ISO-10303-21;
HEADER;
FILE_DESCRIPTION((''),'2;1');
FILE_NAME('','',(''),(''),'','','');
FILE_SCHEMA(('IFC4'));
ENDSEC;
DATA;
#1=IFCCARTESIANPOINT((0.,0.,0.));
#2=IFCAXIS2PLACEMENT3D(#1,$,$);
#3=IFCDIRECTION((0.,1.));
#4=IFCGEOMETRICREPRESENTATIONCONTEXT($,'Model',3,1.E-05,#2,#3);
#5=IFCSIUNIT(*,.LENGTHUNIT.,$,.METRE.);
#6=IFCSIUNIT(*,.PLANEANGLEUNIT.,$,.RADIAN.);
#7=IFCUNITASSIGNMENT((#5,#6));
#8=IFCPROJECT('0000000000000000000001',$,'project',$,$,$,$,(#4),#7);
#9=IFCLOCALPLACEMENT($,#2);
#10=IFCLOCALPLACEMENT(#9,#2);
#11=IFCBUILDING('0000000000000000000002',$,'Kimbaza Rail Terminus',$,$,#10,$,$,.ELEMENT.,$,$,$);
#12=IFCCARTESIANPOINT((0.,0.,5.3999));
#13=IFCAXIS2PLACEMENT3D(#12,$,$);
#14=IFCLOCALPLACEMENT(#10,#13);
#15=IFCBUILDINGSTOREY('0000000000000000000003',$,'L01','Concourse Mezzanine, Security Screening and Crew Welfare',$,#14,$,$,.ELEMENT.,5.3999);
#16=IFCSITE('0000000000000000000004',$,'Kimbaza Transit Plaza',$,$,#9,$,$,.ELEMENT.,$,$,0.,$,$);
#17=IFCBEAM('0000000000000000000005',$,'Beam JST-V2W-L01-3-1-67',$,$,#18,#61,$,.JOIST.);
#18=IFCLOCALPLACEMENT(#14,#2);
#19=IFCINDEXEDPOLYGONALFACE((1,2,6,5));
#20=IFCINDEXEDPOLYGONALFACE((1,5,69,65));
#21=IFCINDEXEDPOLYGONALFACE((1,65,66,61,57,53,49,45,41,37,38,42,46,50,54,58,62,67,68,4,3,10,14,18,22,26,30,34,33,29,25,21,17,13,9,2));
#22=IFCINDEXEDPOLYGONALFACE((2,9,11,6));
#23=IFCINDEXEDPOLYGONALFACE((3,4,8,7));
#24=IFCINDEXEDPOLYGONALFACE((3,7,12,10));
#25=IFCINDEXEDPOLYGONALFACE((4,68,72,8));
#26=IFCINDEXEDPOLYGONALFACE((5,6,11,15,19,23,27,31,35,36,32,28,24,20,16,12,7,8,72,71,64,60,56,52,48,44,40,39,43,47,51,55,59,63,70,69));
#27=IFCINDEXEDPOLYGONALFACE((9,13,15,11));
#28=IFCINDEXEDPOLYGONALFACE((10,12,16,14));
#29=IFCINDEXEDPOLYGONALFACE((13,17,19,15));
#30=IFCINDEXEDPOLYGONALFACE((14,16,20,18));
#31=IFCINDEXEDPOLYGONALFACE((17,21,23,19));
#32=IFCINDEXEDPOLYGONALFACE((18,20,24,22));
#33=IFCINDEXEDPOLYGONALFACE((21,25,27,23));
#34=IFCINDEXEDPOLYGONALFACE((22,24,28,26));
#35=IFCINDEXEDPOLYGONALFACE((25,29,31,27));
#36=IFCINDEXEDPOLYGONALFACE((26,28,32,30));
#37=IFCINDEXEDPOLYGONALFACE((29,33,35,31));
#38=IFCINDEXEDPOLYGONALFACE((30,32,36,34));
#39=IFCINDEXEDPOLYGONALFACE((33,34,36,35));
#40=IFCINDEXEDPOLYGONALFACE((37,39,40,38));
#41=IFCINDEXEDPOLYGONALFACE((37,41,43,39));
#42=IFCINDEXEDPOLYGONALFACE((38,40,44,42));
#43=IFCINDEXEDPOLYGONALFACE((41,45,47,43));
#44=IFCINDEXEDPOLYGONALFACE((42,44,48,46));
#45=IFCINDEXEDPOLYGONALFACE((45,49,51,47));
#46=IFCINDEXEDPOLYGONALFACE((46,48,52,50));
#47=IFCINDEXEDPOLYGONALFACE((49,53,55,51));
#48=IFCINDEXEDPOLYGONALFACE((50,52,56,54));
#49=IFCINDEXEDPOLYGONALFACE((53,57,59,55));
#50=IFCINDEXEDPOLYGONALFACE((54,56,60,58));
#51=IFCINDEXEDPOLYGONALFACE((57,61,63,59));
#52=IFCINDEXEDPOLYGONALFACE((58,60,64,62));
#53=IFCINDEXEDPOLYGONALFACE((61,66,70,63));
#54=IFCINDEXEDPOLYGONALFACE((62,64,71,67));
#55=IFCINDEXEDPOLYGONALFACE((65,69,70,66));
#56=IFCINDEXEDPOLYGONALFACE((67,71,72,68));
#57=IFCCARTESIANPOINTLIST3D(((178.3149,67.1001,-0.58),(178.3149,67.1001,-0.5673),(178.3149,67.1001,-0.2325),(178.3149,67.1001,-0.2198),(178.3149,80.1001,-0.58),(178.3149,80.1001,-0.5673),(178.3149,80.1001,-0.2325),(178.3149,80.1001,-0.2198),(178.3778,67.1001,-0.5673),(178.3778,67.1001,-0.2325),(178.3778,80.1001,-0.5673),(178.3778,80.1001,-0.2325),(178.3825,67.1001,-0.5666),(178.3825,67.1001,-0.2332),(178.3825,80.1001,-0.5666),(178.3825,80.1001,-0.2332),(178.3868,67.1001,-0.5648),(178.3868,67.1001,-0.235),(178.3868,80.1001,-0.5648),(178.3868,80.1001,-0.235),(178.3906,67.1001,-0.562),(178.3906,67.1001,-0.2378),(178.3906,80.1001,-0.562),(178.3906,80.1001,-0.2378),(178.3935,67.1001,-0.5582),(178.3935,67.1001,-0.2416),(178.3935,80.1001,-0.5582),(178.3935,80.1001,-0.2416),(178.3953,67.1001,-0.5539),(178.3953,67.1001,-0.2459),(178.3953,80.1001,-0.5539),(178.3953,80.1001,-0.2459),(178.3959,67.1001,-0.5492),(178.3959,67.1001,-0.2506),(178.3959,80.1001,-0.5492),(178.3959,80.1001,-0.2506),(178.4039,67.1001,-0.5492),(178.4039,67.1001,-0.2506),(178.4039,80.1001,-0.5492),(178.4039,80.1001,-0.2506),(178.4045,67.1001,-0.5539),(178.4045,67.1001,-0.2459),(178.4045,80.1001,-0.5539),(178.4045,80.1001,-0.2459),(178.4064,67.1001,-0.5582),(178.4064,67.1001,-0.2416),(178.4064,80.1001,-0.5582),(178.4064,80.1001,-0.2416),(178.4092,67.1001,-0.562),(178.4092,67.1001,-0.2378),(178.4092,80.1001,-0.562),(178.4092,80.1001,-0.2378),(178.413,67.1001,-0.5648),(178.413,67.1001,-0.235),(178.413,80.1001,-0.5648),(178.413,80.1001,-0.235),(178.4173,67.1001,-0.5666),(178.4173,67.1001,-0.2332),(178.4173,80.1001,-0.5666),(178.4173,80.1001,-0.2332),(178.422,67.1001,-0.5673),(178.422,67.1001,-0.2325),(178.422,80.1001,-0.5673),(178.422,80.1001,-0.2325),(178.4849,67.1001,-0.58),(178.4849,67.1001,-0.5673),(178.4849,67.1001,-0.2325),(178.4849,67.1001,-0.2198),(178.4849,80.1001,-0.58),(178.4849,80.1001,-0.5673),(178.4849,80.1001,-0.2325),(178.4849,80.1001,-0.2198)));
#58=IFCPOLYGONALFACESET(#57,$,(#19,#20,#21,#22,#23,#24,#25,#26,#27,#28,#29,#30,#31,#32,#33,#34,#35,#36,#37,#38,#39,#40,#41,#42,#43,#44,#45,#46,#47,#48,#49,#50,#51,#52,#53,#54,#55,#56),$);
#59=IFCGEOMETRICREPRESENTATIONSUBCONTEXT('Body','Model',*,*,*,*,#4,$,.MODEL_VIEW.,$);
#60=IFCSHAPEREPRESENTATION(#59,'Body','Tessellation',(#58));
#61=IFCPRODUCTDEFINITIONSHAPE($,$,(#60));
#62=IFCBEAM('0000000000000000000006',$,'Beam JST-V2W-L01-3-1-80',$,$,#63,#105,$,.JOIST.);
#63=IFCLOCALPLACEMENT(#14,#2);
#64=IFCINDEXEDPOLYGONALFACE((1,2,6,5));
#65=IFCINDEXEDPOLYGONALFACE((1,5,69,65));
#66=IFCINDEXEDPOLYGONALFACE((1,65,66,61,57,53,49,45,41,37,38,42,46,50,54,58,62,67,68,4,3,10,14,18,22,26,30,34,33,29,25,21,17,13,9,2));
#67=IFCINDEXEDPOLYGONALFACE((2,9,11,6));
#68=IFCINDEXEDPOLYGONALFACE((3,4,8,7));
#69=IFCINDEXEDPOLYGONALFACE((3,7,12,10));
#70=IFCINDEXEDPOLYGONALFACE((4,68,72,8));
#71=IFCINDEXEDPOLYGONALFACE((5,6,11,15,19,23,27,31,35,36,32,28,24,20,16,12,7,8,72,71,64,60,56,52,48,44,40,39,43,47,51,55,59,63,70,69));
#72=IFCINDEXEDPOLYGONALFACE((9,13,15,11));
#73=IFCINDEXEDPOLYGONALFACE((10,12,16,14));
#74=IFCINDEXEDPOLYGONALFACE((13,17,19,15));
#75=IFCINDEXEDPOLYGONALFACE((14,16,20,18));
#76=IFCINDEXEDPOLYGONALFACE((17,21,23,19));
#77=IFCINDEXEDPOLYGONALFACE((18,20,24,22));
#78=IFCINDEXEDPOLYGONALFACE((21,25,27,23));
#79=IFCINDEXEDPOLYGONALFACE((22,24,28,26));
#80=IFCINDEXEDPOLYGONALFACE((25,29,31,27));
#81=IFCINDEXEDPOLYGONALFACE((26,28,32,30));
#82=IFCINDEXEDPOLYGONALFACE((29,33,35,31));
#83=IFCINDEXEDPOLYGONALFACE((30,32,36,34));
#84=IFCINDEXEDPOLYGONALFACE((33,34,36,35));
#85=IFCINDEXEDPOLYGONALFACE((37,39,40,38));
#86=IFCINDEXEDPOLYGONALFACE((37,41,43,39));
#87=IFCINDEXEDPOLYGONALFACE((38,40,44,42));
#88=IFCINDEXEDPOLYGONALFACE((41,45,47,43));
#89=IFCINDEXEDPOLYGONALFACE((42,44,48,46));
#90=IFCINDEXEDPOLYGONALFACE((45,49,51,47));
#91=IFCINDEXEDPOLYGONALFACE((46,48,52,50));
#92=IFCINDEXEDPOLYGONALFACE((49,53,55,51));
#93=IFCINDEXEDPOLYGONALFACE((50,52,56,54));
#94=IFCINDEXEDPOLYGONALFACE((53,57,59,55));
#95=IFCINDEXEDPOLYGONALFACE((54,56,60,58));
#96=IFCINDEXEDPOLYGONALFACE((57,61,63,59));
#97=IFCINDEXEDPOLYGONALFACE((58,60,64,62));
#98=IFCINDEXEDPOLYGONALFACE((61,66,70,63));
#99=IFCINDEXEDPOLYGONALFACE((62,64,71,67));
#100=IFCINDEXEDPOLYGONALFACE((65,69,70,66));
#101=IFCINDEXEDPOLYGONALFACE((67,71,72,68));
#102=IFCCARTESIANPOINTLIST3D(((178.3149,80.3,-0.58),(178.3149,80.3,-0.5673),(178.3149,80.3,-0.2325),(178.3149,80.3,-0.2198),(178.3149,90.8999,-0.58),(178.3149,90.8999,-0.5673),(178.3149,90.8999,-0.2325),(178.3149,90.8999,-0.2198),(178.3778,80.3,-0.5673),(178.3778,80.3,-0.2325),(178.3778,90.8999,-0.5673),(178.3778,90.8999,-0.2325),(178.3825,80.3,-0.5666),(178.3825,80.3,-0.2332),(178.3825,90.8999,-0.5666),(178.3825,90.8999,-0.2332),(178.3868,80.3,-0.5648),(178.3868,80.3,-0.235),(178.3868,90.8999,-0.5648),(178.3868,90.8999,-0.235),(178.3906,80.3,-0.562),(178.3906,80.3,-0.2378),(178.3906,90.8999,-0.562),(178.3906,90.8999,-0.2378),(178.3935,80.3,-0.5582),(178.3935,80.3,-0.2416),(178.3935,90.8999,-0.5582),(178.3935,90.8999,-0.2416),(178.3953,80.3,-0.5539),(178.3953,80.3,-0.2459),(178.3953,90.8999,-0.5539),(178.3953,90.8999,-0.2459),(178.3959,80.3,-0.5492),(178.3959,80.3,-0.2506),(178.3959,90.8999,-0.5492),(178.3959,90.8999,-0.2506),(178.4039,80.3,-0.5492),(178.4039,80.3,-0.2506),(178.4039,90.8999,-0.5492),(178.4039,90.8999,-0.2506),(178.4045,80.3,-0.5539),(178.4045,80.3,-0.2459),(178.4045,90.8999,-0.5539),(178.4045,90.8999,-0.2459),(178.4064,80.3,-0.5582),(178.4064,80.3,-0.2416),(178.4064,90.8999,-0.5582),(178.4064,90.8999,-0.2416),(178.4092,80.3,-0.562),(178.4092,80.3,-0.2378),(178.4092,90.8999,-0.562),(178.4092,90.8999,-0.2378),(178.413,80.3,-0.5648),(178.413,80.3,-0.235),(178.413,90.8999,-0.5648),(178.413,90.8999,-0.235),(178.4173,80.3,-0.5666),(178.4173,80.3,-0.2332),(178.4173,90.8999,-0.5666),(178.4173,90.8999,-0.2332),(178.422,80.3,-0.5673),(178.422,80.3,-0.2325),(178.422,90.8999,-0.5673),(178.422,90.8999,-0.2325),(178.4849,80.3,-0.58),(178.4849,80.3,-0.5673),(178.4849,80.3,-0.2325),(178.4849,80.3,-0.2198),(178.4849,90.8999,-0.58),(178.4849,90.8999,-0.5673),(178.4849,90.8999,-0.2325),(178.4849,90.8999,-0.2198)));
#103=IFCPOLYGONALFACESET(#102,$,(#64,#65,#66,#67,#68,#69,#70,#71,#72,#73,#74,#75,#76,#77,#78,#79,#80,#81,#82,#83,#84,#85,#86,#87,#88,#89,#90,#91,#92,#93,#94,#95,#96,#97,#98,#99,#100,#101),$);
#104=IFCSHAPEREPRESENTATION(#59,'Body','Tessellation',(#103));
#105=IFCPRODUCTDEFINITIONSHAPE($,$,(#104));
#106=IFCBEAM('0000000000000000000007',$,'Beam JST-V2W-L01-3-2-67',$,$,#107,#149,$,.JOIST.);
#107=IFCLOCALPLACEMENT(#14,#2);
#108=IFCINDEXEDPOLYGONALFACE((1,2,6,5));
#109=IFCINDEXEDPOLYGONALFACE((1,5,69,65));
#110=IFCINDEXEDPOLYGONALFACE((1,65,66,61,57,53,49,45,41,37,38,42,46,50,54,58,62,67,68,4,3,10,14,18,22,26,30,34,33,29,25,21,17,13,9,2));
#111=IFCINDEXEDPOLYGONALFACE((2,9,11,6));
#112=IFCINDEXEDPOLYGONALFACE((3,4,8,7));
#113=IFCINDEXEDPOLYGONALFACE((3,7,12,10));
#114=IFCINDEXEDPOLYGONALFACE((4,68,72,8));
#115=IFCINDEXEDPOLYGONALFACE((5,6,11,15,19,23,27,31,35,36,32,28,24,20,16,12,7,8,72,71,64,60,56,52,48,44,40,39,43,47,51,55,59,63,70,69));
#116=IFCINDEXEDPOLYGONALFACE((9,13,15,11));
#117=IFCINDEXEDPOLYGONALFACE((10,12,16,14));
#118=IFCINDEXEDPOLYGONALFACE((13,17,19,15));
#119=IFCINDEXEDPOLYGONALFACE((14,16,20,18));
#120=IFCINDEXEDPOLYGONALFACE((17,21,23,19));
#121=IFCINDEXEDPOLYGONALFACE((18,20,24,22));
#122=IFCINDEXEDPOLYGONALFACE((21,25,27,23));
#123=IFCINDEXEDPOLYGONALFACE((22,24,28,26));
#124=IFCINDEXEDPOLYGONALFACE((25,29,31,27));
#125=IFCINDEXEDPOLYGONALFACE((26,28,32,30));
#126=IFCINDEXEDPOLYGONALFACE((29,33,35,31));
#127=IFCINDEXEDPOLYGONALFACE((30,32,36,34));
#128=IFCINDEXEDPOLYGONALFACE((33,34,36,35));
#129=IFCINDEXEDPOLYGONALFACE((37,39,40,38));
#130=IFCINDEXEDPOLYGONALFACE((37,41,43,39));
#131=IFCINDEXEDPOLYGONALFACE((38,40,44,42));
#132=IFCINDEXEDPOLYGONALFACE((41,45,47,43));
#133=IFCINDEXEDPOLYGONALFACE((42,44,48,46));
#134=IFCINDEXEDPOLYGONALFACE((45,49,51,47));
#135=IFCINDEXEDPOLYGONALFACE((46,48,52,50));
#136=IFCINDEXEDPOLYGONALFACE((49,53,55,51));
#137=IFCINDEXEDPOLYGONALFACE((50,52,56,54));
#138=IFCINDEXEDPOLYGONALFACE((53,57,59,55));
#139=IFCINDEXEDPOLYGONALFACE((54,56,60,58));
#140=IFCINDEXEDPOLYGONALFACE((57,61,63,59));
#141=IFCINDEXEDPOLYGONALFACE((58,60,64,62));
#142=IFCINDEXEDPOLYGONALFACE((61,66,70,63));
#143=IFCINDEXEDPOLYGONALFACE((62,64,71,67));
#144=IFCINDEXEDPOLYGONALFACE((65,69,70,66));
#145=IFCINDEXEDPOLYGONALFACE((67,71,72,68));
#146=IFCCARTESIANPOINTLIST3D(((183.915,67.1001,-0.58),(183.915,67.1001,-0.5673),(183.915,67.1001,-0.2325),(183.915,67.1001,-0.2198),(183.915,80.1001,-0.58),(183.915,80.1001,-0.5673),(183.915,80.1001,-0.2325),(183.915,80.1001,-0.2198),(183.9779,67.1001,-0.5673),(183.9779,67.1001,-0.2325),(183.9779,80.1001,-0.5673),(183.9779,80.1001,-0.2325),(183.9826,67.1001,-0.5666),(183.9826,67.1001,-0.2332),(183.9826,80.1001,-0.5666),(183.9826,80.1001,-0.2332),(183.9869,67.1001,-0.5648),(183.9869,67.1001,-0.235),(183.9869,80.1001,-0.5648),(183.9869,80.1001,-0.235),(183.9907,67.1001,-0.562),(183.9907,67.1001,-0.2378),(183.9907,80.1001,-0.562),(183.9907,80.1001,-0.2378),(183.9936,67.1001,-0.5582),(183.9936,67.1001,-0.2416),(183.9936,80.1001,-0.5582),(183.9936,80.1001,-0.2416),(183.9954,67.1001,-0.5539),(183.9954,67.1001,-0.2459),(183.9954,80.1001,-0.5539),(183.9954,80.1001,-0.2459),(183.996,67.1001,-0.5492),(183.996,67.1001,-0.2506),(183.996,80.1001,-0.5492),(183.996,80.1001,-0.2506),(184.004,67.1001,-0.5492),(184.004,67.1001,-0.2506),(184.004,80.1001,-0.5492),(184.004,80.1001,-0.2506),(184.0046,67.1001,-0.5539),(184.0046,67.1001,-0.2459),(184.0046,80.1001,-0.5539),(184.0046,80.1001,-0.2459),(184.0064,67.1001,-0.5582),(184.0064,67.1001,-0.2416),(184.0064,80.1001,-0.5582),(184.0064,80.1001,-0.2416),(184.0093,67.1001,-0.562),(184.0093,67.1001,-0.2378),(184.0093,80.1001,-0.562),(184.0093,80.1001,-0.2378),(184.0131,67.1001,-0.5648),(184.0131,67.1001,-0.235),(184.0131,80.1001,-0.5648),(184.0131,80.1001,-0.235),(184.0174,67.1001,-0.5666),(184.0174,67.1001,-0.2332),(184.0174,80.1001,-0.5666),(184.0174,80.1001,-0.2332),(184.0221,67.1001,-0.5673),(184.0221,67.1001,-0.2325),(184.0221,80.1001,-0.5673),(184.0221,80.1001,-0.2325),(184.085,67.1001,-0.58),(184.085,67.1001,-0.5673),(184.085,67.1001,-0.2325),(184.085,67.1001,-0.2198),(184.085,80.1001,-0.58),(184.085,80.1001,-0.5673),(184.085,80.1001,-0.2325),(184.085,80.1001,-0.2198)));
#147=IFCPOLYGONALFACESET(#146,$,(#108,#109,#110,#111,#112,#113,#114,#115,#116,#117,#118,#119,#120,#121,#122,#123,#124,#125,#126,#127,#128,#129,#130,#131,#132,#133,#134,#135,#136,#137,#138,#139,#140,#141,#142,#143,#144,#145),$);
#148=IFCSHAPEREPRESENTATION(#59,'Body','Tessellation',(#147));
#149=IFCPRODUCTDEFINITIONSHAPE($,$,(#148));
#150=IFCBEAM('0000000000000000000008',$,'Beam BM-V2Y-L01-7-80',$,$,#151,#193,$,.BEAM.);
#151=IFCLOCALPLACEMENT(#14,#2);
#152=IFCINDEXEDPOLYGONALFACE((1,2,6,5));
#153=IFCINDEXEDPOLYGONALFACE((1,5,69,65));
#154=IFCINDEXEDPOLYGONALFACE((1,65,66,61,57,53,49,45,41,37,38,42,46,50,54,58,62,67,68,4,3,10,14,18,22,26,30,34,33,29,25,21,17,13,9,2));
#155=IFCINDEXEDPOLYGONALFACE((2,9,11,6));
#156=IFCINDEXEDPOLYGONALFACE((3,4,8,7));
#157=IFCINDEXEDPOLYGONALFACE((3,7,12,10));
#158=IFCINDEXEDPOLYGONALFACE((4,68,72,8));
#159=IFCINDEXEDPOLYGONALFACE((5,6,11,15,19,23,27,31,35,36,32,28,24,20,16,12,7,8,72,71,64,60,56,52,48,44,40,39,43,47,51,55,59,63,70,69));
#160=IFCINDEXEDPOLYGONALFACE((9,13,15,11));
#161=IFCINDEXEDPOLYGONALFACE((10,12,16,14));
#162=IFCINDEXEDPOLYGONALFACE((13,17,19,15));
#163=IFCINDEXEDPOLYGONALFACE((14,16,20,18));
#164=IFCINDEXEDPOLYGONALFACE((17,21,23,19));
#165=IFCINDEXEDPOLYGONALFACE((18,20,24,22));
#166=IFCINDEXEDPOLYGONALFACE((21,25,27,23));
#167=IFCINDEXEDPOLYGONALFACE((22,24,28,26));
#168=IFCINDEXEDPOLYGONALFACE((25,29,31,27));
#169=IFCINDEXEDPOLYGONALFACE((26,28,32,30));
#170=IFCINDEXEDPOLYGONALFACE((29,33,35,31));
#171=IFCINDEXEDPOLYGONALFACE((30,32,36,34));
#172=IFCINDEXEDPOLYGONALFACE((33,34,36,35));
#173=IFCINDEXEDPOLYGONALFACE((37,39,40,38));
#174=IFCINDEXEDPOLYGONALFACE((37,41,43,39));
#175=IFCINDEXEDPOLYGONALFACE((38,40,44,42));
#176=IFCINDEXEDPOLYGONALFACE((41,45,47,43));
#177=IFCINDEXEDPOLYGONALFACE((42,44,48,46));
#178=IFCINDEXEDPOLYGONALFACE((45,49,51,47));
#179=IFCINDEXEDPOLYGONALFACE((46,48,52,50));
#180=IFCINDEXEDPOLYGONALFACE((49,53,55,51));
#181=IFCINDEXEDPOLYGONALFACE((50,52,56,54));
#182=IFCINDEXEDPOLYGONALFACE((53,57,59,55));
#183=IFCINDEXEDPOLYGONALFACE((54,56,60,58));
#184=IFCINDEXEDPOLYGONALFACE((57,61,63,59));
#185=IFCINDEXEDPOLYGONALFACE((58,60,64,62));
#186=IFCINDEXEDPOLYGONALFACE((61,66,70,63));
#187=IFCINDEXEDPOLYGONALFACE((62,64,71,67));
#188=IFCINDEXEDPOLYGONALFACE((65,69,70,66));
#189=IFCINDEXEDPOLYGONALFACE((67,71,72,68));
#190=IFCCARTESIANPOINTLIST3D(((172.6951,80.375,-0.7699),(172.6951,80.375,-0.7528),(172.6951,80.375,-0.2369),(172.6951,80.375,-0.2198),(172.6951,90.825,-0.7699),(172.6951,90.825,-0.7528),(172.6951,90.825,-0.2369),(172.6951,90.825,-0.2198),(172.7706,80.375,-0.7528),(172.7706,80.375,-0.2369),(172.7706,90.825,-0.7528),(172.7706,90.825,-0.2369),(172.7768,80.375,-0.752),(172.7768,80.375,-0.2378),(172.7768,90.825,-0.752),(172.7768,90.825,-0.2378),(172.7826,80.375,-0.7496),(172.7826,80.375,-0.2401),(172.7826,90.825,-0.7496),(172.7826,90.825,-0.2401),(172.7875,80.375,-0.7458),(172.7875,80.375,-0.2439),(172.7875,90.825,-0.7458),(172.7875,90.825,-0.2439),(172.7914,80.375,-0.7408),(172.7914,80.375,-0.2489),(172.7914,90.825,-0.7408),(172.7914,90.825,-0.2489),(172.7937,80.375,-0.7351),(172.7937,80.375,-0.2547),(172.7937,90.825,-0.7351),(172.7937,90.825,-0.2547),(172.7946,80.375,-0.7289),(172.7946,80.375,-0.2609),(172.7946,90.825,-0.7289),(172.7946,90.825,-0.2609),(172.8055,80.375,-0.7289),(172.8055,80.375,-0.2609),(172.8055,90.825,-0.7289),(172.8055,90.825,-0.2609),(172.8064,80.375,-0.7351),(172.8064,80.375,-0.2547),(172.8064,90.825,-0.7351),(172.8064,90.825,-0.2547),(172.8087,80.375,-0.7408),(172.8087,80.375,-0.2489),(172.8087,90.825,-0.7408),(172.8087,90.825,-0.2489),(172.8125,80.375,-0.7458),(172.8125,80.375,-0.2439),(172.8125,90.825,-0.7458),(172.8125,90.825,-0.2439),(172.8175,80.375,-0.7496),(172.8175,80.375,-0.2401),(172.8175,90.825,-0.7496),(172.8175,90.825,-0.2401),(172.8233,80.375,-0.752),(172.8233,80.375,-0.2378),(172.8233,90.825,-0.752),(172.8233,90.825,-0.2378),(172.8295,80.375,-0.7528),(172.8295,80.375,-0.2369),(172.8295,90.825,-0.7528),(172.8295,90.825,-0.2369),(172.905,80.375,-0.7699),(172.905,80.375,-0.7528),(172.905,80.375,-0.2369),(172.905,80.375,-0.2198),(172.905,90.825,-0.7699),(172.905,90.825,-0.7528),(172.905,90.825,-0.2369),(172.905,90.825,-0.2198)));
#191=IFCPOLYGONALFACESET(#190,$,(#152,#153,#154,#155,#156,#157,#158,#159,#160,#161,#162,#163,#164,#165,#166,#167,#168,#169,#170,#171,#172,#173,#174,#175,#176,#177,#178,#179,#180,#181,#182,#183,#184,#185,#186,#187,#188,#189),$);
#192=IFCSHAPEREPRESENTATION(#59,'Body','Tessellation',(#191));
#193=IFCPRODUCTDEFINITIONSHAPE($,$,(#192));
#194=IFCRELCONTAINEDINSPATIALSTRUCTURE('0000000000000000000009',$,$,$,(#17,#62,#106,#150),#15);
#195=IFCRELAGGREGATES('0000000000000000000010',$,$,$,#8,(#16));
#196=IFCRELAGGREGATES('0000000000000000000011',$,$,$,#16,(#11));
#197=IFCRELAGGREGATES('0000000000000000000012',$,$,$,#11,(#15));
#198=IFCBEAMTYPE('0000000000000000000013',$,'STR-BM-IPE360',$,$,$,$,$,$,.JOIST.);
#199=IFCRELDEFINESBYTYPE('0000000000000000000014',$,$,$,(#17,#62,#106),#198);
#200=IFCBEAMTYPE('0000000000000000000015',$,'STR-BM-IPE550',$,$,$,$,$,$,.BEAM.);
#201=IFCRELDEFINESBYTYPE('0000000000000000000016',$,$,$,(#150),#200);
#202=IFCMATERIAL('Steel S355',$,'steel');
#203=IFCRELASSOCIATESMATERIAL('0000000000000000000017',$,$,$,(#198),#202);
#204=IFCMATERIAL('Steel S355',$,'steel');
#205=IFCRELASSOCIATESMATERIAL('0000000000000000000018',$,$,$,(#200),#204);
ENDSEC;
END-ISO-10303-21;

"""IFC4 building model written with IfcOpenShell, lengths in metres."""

from ifc_helpers import new_model, si_unit, direction, frame, origin, origin_2d, place, context, subcontext, project, spatial, i_section, extrude, material, material_profile, profile_set, type_object, element, save


model = new_model("IFC4")

# Units and contexts
model_context = context("Model", 3, precision=1e-05, world=origin(), true_north=direction((0.0, 1.0)))
body_context = subcontext(model_context, "Body", "Model", "MODEL_VIEW")
ifc_project = project(units=[si_unit("LENGTHUNIT", "METRE"), si_unit("PLANEANGLEUNIT", "RADIAN")], contexts=[model_context])

# Site, building, storey
site_placement = place(None, origin())
site = spatial("IfcSite", under=ifc_project, at=site_placement, Name="Kimbaza Transit Plaza", CompositionType="ELEMENT", RefElevation=0.0)
building_placement = place(site_placement, origin())
building = spatial("IfcBuilding", under=site, at=building_placement, Name="Kimbaza Rail Terminus", CompositionType="ELEMENT")
storey_placement = place(building_placement, frame((0.0, 0.0, 5.3999)))
storey = spatial("IfcBuildingStorey", under=building, at=storey_placement, Name="L01", Description="Concourse Mezzanine, Security Screening and Crew Welfare", CompositionType="ELEMENT", Elevation=5.3999)

# Beams
ifc_material_1 = material(Name="Steel S355", Category="steel")
ifc_material_profile_1 = material_profile(ifc_material_1, i_section(OverallWidth=0.1699, OverallDepth=0.3601, WebThickness=0.0081, FlangeThickness=0.0127, FilletRadius=0.0181, at=origin_2d()), Name="IPE 360")
ifc_profile_set_1 = profile_set([ifc_material_profile_1], Name="Steel S355")
beam_type_1 = type_object("IfcBeamType", Name="STR-BM-IPE360", PredefinedType="JOIST", material=ifc_profile_set_1)
for number, where, z_axis, x_axis, name in (
    (1, (178.3999, 67.1001, -0.3999), (0.0, 1.0, 0.0), (-1.0, 0.0, 0.0), "Beam JST-V2W-L01-3-1-67"),
):
    element("IfcBeam", number, at=place(storey_placement, frame(where, z_axis=z_axis, x_axis=x_axis)), inside=storey, type_object=beam_type_1, Name=name, PredefinedType="JOIST", context=body_context, shape_type="SweptSolid", body=[
        extrude(i_section(OverallWidth=0.1699, OverallDepth=0.3601, WebThickness=0.0081, FlangeThickness=0.0127, FilletRadius=0.0181, at=origin_2d()), origin(), (0.0, 0.0, 1.0), 13.0),
    ])
beam_1_placement = place(storey_placement, frame((178.3999, 80.3, -0.3999), z_axis=(0.0, 1.0, 0.0), x_axis=(-1.0, 0.0, 0.0)))
element("IfcBeam", 2, at=beam_1_placement, inside=storey, type_object=beam_type_1, Name="Beam JST-V2W-L01-3-1-80", PredefinedType="JOIST", context=body_context, shape_type="SweptSolid", body=[
    extrude(i_section(OverallWidth=0.1699, OverallDepth=0.3601, WebThickness=0.0081, FlangeThickness=0.0127, FilletRadius=0.0181, at=origin_2d()), origin(), (0.0, 0.0, 1.0), 10.5999),
])
beam_2_placement = place(storey_placement, frame((184.0, 67.1001, -0.3999), z_axis=(0.0, 1.0, 0.0), x_axis=(-1.0, 0.0, 0.0)))
element("IfcBeam", 3, at=beam_2_placement, inside=storey, type_object=beam_type_1, Name="Beam JST-V2W-L01-3-2-67", PredefinedType="JOIST", context=body_context, shape_type="SweptSolid", body=[
    extrude(i_section(OverallWidth=0.1699, OverallDepth=0.3601, WebThickness=0.0081, FlangeThickness=0.0127, FilletRadius=0.0181, at=origin_2d()), origin(), (0.0, 0.0, 1.0), 13.0),
])
ifc_material_2 = material(Name="Steel S355", Category="steel")
ifc_material_profile_2 = material_profile(ifc_material_2, i_section(OverallWidth=0.21, OverallDepth=0.55, WebThickness=0.011, FlangeThickness=0.0171, FilletRadius=0.0239, at=origin_2d()), Name="IPE 550")
ifc_profile_set_2 = profile_set([ifc_material_profile_2], Name="Steel S355")
beam_type_2 = type_object("IfcBeamType", Name="STR-BM-IPE550", PredefinedType="BEAM", material=ifc_profile_set_2)
beam_3_placement = place(storey_placement, frame((172.8, 80.375, -0.4949), z_axis=(0.0, 1.0, 0.0), x_axis=(-1.0, 0.0, 0.0)))
element("IfcBeam", 4, at=beam_3_placement, inside=storey, type_object=beam_type_2, Name="Beam BM-V2Y-L01-7-80", PredefinedType="BEAM", context=body_context, shape_type="SweptSolid", body=[
    extrude(i_section(OverallWidth=0.21, OverallDepth=0.55, WebThickness=0.011, FlangeThickness=0.0171, FilletRadius=0.0239, at=origin_2d()), origin(), (0.0, 0.0, 1.0), 10.45),
])

save(model, "model.ifc")
